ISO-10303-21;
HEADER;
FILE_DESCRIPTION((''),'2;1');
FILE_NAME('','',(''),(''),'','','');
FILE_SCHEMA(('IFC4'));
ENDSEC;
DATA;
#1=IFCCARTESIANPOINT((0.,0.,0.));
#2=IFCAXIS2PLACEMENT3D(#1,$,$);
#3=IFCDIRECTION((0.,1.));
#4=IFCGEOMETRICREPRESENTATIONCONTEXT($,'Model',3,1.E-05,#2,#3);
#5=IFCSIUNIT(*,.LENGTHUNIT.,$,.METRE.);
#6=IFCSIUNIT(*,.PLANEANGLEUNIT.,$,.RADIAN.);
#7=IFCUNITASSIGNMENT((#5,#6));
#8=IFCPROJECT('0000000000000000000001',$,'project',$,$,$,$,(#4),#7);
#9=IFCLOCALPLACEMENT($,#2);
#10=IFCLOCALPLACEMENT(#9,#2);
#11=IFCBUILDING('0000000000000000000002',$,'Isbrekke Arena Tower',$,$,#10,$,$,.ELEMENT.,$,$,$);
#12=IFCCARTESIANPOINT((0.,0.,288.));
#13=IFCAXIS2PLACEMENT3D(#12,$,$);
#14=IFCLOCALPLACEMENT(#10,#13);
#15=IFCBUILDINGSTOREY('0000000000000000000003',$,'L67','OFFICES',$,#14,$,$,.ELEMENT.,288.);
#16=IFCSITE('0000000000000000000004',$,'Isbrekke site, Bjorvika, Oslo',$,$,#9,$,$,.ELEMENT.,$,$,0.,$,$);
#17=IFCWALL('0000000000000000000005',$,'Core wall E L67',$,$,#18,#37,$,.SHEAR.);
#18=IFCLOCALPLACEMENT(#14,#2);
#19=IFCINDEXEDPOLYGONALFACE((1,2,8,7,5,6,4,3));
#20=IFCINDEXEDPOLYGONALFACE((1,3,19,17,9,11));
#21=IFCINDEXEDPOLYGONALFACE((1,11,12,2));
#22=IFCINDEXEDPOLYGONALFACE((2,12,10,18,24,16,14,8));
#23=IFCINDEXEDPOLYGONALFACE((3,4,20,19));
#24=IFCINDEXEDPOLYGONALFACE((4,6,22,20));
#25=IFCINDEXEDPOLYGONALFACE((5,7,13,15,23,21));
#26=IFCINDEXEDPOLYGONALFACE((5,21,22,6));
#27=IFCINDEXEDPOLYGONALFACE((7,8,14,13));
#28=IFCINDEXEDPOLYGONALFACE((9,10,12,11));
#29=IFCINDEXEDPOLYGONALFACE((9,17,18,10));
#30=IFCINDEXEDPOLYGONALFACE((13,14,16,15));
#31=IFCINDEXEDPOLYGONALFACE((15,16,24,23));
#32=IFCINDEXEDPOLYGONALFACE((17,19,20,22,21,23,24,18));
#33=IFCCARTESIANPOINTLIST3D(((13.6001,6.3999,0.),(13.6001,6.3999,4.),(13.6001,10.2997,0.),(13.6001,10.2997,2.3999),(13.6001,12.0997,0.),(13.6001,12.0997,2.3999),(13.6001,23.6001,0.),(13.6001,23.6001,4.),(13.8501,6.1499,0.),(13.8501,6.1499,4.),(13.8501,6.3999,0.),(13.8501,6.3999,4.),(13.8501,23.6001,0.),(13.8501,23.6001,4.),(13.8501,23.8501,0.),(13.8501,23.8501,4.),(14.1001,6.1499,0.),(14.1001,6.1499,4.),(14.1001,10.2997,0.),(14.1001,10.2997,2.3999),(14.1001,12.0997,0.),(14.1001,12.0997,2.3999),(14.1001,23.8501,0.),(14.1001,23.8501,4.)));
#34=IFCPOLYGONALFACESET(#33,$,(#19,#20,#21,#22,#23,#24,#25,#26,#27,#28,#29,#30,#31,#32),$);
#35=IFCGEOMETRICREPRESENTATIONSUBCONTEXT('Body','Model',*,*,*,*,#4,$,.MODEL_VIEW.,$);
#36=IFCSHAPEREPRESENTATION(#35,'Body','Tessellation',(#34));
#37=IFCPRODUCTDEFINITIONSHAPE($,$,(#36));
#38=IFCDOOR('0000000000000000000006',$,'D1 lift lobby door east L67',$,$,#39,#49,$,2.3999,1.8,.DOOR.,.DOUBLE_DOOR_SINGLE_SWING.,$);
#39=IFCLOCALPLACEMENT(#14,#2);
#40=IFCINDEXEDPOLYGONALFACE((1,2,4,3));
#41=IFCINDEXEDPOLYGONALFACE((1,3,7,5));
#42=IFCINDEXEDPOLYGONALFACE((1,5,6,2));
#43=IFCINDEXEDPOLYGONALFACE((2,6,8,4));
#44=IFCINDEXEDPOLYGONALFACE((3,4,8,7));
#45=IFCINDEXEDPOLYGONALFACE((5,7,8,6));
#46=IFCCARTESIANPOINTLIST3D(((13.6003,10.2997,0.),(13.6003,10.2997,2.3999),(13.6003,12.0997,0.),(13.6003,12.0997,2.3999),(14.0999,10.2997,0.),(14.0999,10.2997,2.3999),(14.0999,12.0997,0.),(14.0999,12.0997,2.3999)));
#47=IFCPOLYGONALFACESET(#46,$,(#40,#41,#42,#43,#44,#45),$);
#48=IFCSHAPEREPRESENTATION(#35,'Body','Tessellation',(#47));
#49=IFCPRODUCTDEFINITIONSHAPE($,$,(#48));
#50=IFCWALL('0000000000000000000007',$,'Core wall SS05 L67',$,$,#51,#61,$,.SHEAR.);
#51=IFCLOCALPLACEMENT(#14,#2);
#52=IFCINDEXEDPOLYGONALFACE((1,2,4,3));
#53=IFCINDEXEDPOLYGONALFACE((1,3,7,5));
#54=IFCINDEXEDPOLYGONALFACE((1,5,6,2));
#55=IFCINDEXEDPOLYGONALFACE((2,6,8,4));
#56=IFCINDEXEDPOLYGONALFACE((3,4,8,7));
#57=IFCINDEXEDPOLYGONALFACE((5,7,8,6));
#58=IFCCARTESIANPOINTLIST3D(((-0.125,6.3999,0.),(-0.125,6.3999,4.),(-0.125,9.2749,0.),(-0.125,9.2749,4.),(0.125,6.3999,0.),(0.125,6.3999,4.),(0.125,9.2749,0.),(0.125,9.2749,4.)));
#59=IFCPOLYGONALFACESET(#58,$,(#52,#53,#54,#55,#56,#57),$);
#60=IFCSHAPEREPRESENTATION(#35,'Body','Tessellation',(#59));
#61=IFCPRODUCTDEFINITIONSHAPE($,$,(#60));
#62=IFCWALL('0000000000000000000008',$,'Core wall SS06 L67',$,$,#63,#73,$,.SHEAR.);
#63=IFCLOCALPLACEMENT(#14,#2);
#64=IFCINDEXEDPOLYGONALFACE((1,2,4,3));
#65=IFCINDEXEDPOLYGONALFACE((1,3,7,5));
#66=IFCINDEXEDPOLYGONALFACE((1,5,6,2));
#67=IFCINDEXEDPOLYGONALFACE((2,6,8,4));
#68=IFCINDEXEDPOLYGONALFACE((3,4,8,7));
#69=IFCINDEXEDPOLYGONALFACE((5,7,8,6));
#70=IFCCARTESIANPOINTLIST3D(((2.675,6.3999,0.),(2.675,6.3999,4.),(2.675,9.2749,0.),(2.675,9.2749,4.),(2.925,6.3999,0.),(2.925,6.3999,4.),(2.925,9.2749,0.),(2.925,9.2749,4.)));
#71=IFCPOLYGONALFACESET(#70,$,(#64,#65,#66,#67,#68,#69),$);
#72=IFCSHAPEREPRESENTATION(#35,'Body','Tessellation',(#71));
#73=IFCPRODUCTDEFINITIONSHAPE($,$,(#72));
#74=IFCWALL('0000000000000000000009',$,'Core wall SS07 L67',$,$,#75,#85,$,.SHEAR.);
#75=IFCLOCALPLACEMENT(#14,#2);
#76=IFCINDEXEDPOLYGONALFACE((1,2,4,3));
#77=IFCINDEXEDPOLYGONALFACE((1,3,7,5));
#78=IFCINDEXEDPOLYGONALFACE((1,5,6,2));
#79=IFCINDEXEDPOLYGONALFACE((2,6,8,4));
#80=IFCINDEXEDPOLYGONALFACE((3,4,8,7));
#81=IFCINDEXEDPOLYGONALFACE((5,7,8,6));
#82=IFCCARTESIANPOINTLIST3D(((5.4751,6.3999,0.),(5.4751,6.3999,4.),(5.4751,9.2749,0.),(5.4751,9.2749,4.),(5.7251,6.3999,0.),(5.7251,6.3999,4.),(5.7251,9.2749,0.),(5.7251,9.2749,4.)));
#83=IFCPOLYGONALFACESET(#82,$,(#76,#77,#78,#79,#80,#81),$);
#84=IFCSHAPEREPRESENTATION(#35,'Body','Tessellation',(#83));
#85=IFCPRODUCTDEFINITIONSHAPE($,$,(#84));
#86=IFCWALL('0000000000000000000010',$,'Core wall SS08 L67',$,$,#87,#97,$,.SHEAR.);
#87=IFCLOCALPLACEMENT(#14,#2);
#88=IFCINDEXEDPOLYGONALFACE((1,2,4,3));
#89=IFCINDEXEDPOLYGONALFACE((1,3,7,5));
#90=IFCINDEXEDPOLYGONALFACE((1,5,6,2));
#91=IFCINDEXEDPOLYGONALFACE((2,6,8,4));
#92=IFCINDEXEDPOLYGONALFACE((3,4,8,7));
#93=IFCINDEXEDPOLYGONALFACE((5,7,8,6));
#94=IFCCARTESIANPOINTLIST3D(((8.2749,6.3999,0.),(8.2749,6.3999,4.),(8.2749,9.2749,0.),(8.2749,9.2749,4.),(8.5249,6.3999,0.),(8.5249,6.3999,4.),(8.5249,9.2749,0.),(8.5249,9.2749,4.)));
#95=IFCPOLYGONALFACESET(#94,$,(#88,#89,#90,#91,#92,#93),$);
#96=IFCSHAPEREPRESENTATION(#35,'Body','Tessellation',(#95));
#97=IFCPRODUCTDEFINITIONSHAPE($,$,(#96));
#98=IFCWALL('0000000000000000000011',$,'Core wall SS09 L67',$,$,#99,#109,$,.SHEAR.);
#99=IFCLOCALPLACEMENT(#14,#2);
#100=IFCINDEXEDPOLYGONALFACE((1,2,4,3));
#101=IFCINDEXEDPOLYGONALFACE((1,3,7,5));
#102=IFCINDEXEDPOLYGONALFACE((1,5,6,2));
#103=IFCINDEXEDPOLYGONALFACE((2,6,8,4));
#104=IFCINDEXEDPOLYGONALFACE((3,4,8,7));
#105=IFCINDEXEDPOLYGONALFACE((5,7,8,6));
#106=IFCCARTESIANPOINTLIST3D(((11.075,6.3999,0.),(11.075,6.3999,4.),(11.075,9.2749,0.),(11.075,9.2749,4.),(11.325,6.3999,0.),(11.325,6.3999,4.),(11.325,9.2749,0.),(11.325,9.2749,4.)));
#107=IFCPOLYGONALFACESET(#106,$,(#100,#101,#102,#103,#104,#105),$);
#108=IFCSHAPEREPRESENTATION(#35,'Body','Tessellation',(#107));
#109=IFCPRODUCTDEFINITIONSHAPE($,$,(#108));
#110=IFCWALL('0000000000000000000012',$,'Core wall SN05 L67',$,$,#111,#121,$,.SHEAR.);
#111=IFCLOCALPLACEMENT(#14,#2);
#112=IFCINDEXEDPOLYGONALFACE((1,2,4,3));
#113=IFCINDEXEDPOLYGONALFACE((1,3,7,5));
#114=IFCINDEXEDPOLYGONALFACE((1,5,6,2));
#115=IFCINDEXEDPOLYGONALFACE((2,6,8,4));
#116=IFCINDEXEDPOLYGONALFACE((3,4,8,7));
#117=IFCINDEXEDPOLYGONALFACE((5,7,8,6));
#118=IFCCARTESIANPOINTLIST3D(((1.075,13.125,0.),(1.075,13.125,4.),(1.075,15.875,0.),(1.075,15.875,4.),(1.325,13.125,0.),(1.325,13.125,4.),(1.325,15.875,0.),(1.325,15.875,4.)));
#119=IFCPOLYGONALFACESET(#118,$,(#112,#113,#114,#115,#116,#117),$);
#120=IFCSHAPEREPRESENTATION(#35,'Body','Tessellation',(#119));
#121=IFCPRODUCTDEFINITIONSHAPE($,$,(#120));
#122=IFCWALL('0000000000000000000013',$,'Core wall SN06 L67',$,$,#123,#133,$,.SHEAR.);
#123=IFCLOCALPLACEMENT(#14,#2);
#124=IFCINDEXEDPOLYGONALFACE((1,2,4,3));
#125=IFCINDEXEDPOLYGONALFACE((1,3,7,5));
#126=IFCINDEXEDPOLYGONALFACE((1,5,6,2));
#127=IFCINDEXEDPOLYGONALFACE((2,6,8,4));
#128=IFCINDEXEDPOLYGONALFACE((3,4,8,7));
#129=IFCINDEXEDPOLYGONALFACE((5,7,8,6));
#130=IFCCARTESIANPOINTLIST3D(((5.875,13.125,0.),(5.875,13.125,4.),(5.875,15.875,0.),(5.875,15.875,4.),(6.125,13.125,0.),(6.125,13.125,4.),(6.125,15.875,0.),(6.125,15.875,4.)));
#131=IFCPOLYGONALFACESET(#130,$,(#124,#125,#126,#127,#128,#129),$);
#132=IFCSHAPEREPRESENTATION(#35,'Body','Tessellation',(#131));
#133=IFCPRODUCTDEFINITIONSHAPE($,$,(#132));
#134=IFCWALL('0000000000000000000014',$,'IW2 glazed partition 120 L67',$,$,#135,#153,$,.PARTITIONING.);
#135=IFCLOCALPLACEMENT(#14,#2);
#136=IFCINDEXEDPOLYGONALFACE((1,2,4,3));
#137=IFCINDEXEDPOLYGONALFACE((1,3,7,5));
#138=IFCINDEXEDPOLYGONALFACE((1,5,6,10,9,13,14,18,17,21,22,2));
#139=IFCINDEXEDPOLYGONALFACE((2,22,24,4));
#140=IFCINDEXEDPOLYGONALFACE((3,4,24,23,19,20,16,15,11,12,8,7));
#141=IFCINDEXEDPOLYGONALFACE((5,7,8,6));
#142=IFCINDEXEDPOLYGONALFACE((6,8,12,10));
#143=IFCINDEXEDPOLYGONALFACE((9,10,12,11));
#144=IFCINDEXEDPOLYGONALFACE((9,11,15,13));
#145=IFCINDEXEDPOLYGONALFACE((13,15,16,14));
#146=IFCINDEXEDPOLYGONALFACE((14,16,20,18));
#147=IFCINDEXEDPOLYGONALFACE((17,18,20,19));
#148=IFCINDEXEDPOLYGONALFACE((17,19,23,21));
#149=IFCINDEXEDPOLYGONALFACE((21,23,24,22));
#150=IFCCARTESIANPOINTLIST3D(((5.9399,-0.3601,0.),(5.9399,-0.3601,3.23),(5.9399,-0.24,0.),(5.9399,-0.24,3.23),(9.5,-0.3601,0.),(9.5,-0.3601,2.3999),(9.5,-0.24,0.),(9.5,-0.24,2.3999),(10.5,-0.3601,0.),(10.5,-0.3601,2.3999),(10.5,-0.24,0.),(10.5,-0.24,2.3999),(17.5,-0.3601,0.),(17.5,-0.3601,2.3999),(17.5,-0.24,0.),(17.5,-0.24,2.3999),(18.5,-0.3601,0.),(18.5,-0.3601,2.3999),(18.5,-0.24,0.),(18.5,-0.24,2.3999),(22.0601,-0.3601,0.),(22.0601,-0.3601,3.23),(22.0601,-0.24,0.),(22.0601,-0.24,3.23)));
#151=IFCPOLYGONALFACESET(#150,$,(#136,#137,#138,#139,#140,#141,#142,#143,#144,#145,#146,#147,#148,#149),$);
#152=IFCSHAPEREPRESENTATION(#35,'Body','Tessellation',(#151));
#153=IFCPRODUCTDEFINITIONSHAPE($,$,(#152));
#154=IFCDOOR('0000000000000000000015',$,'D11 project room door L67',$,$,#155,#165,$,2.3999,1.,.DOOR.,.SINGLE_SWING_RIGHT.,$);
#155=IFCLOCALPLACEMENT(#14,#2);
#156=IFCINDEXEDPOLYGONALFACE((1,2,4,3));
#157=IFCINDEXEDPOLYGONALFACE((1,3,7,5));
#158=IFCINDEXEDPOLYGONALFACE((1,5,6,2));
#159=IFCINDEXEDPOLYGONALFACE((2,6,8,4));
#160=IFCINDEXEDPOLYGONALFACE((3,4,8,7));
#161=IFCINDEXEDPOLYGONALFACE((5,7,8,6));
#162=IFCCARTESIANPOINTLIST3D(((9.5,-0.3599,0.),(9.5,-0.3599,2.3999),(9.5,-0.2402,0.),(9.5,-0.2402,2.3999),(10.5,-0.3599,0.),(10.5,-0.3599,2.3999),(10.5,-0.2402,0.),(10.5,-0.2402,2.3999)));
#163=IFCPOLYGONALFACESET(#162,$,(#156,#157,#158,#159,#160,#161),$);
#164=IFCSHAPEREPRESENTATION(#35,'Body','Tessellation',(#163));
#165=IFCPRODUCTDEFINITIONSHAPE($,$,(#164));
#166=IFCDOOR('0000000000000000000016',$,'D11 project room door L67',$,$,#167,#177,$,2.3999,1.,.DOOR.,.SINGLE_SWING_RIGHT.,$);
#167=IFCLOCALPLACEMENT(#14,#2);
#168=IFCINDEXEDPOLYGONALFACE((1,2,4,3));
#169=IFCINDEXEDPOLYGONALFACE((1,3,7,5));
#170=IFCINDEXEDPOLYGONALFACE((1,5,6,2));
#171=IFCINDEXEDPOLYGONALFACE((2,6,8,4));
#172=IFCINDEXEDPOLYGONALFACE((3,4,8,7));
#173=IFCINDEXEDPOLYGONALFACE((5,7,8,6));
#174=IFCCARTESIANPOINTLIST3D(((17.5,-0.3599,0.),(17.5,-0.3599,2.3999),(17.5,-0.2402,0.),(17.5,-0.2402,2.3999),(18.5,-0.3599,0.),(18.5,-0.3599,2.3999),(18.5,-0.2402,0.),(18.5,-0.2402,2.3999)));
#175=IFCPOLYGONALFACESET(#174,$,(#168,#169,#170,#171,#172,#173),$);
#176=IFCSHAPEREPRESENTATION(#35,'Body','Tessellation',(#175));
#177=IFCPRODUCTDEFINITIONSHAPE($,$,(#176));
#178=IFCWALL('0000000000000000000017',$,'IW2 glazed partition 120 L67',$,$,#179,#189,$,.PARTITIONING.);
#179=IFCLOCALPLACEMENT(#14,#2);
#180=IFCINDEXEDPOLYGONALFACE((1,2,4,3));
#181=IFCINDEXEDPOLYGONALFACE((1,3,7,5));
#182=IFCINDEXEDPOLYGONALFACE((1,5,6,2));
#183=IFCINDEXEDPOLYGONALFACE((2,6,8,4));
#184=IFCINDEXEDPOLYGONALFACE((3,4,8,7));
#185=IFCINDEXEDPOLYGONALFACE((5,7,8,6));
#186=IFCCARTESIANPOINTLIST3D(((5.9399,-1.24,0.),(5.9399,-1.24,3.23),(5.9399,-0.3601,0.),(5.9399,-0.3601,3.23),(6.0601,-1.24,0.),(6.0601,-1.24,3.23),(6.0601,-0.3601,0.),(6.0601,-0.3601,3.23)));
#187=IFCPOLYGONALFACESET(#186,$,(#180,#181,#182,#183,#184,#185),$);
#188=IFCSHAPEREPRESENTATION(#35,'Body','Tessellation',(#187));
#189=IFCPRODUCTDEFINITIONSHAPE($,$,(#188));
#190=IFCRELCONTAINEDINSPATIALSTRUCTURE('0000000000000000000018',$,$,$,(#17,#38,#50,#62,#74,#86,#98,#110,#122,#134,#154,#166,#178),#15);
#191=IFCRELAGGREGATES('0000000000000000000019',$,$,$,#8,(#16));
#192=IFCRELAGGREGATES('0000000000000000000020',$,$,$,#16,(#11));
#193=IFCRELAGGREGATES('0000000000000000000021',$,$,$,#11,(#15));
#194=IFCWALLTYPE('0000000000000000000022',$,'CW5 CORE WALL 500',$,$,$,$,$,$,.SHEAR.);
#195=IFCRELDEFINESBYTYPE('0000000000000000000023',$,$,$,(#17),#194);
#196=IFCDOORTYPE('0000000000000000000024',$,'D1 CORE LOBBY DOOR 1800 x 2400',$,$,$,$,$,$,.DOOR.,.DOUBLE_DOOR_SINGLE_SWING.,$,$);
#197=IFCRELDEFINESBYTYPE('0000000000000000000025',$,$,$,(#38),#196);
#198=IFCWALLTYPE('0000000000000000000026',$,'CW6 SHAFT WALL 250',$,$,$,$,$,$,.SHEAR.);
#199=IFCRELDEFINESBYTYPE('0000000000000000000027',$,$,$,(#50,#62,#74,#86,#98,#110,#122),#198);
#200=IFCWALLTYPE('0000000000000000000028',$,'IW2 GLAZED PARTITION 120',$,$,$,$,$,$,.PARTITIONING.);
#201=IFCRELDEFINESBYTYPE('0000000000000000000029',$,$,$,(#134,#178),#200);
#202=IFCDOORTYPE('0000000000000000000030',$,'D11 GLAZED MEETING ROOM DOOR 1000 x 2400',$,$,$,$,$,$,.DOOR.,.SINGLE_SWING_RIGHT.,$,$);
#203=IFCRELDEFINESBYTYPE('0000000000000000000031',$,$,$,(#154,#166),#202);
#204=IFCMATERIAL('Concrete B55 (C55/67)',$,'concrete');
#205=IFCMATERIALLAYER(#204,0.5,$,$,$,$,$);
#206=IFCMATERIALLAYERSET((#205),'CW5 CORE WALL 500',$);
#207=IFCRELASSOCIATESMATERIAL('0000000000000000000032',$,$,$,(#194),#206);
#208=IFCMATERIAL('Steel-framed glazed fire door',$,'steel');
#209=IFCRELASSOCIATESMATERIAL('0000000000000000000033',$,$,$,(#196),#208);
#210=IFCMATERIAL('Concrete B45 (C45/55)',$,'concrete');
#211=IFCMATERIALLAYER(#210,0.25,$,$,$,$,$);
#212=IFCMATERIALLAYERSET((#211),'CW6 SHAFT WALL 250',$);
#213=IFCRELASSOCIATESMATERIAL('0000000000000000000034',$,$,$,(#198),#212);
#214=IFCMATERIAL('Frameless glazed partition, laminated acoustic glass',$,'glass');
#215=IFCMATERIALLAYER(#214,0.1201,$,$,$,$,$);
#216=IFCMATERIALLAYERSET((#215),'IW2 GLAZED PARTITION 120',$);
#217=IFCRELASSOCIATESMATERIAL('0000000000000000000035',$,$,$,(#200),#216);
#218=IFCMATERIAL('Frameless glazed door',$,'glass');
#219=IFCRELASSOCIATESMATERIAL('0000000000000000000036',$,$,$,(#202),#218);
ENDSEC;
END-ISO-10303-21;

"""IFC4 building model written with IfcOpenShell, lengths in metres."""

from ifc_helpers import new_model, si_unit, direction, frame, frame_2d, origin, place, context, subcontext, project, spatial, polyline, rectangle, outline, extrude, material, layer, layer_set, type_object, element, fill, save


model = new_model("IFC4")

# Units and contexts
model_context = context("Model", 3, precision=1e-05, world=origin(), true_north=direction((0.0, 1.0)))
body_context = subcontext(model_context, "Body", "Model", "MODEL_VIEW")
ifc_project = project(units=[si_unit("LENGTHUNIT", "METRE"), si_unit("PLANEANGLEUNIT", "RADIAN")], contexts=[model_context])

# Site, building, storey
site_placement = place(None, origin())
site = spatial("IfcSite", under=ifc_project, at=site_placement, Name="Isbrekke site, Bjorvika, Oslo", CompositionType="ELEMENT", RefElevation=0.0)
building_placement = place(site_placement, origin())
building = spatial("IfcBuilding", under=site, at=building_placement, Name="Isbrekke Arena Tower", CompositionType="ELEMENT")
storey_placement = place(building_placement, frame((0.0, 0.0, 288.0)))
storey = spatial("IfcBuildingStorey", under=building, at=storey_placement, Name="L67", Description="OFFICES", CompositionType="ELEMENT", Elevation=288.0)

# Wall, opening, door
ifc_material_1 = material(Name="Concrete B55 (C55/67)", Category="concrete")
ifc_layer_1 = layer(ifc_material_1, 0.5)
ifc_layer_set_1 = layer_set([ifc_layer_1], Name="CW5 CORE WALL 500")
wall_type_1 = type_object("IfcWallType", Name="CW5 CORE WALL 500", PredefinedType="SHEAR", material=ifc_layer_set_1)
wall_1_placement = place(storey_placement, frame((13.8501, 6.1499, 0.0), z_axis=(0.0, 0.0, 1.0), x_axis=(0.0, 1.0, 0.0)))
wall_1 = element("IfcWall", 1, at=wall_1_placement, inside=storey, type_object=wall_type_1, Name="Core wall E L67", PredefinedType="SHEAR", context=body_context, shape_type="SweptSolid", body=[
    extrude(outline(polyline([(0.0, -0.25), (17.7002, -0.25), (17.7002, 0.0), (17.4502, 0.0), (17.4502, 0.25), (0.25, 0.25), (0.25, 0.0), (0.0, 0.0), (0.0, -0.25)])), origin(), (0.0, 0.0, 1.0), 4.0),
])
opening_1_placement = place(wall_1_placement, frame((4.1499, 0.0, 0.0)))
opening_1 = element("IfcOpeningElement", 2, at=opening_1_placement, cuts=wall_1, PredefinedType="OPENING", context=body_context, shape_type="SweptSolid", body=[
    extrude(rectangle(XDim=1.8, YDim=2.3999, at=frame_2d((0.8999, 1.2))), frame((0.0, 0.2649, 0.0), z_axis=(0.0, -1.0, 0.0), x_axis=(1.0, 0.0, 0.0)), (0.0, 0.0, 1.0), 0.5298),
])
ifc_material_2 = material(Name="Steel-framed glazed fire door", Category="steel")
door_type_1 = type_object("IfcDoorType", Name="D1 CORE LOBBY DOOR 1800 x 2400", OperationType="DOUBLE_DOOR_SINGLE_SWING", PredefinedType="DOOR", material=ifc_material_2)
door_1_placement = place(opening_1_placement, origin())
door_1 = element("IfcDoor", 3, at=door_1_placement, inside=storey, type_object=door_type_1, Name="D1 lift lobby door east L67", OperationType="DOUBLE_DOOR_SINGLE_SWING", OverallHeight=2.3999, OverallWidth=1.8, PredefinedType="DOOR", context=body_context, shape_type="SweptSolid", body=[
    extrude(rectangle(XDim=1.8, YDim=2.3999, at=frame_2d((0.8999, 1.2))), frame((0.0, 0.2498, 0.0), z_axis=(0.0, -1.0, 0.0), x_axis=(1.0, 0.0, 0.0)), (0.0, 0.0, 1.0), 0.4995),
])
fill(opening_1, door_1)

# Walls
ifc_material_3 = material(Name="Concrete B45 (C45/55)", Category="concrete")
ifc_layer_2 = layer(ifc_material_3, 0.25)
ifc_layer_set_2 = layer_set([ifc_layer_2], Name="CW6 SHAFT WALL 250")
wall_type_2 = type_object("IfcWallType", Name="CW6 SHAFT WALL 250", PredefinedType="SHEAR", material=ifc_layer_set_2)
for number, where, z_axis, x_axis, name in (
    (4, (0.0, 6.3999, 0.0), (0.0, 0.0, 1.0), (0.0, 1.0, 0.0), "Core wall SS05 L67"),
    (5, (2.8, 6.3999, 0.0), (0.0, 0.0, 1.0), (0.0, 1.0, 0.0), "Core wall SS06 L67"),
    (6, (5.6001, 6.3999, 0.0), (0.0, 0.0, 1.0), (0.0, 1.0, 0.0), "Core wall SS07 L67"),
    (7, (8.3999, 6.3999, 0.0), (0.0, 0.0, 1.0), (0.0, 1.0, 0.0), "Core wall SS08 L67"),
    (8, (11.2, 6.3999, 0.0), (0.0, 0.0, 1.0), (0.0, 1.0, 0.0), "Core wall SS09 L67"),
):
    element("IfcWall", number, at=place(storey_placement, frame(where, z_axis=z_axis, x_axis=x_axis)), inside=storey, type_object=wall_type_2, Name=name, PredefinedType="SHEAR", context=body_context, shape_type="SweptSolid", body=[
        extrude(rectangle(XDim=2.875, YDim=0.25, at=frame_2d((1.4375, 0.0))), origin(), (0.0, 0.0, 1.0), 4.0),
    ])
for number, where, z_axis, x_axis, name in (
    (9, (1.2, 13.125, 0.0), (0.0, 0.0, 1.0), (0.0, 1.0, 0.0), "Core wall SN05 L67"),
    (10, (6.0, 13.125, 0.0), (0.0, 0.0, 1.0), (0.0, 1.0, 0.0), "Core wall SN06 L67"),
):
    element("IfcWall", number, at=place(storey_placement, frame(where, z_axis=z_axis, x_axis=x_axis)), inside=storey, type_object=wall_type_2, Name=name, PredefinedType="SHEAR", context=body_context, shape_type="SweptSolid", body=[
        extrude(rectangle(XDim=2.75, YDim=0.25, at=frame_2d((1.375, 0.0))), origin(), (0.0, 0.0, 1.0), 4.0),
    ])

# Wall, openings, doors
ifc_material_4 = material(Name="Frameless glazed partition, laminated acoustic glass", Category="glass")
ifc_layer_3 = layer(ifc_material_4, 0.1201)
ifc_layer_set_3 = layer_set([ifc_layer_3], Name="IW2 GLAZED PARTITION 120")
wall_type_3 = type_object("IfcWallType", Name="IW2 GLAZED PARTITION 120", PredefinedType="PARTITIONING", material=ifc_layer_set_3)
wall_2_placement = place(storey_placement, frame((5.9399, -0.3, 0.0), z_axis=(0.0, 0.0, 1.0), x_axis=(1.0, 0.0, 0.0)))
wall_2 = element("IfcWall", 11, at=wall_2_placement, inside=storey, type_object=wall_type_3, Name="IW2 glazed partition 120 L67", PredefinedType="PARTITIONING", context=body_context, shape_type="SweptSolid", body=[
    extrude(rectangle(XDim=16.1201, YDim=0.1201, at=frame_2d((8.0601, 0.0))), origin(), (0.0, 0.0, 1.0), 3.23),
])
opening_2_placement = place(wall_2_placement, frame((3.5601, 0.0, 0.0)))
opening_2 = element("IfcOpeningElement", 12, at=opening_2_placement, cuts=wall_2, PredefinedType="OPENING", context=body_context, shape_type="SweptSolid", body=[
    extrude(rectangle(XDim=1.0, YDim=2.3999, at=frame_2d((0.5, 1.2))), frame((0.0, 0.075, 0.0), z_axis=(0.0, -1.0, 0.0), x_axis=(1.0, 0.0, 0.0)), (0.0, 0.0, 1.0), 0.1499),
])
opening_3_placement = place(wall_2_placement, frame((11.5601, 0.0, 0.0)))
opening_3 = element("IfcOpeningElement", 13, at=opening_3_placement, cuts=wall_2, PredefinedType="OPENING", context=body_context, shape_type="SweptSolid", body=[
    extrude(rectangle(XDim=1.0, YDim=2.3999, at=frame_2d((0.5, 1.2))), frame((0.0, 0.075, 0.0), z_axis=(0.0, -1.0, 0.0), x_axis=(1.0, 0.0, 0.0)), (0.0, 0.0, 1.0), 0.1499),
])
ifc_material_5 = material(Name="Frameless glazed door", Category="glass")
door_type_2 = type_object("IfcDoorType", Name="D11 GLAZED MEETING ROOM DOOR 1000 x 2400", OperationType="SINGLE_SWING_RIGHT", PredefinedType="DOOR", material=ifc_material_5)
door_2_placement = place(opening_2_placement, origin())
door_2 = element("IfcDoor", 14, at=door_2_placement, inside=storey, type_object=door_type_2, Name="D11 project room door L67", OperationType="SINGLE_SWING_RIGHT", OverallHeight=2.3999, OverallWidth=1.0, PredefinedType="DOOR", context=body_context, shape_type="SweptSolid", body=[
    extrude(rectangle(XDim=1.0, YDim=2.3999, at=frame_2d((0.5, 1.2))), frame((0.0, 0.0598, 0.0), z_axis=(0.0, -1.0, 0.0), x_axis=(1.0, 0.0, 0.0)), (0.0, 0.0, 1.0), 0.1196),
])
fill(opening_2, door_2)
door_3_placement = place(opening_3_placement, origin())
door_3 = element("IfcDoor", 15, at=door_3_placement, inside=storey, type_object=door_type_2, Name="D11 project room door L67", OperationType="SINGLE_SWING_RIGHT", OverallHeight=2.3999, OverallWidth=1.0, PredefinedType="DOOR", context=body_context, shape_type="SweptSolid", body=[
    extrude(rectangle(XDim=1.0, YDim=2.3999, at=frame_2d((0.5, 1.2))), frame((0.0, 0.0598, 0.0), z_axis=(0.0, -1.0, 0.0), x_axis=(1.0, 0.0, 0.0)), (0.0, 0.0, 1.0), 0.1196),
])
fill(opening_3, door_3)

# Wall
wall_3_placement = place(storey_placement, frame((6.0, -1.24, 0.0), z_axis=(0.0, 0.0, 1.0), x_axis=(0.0, 1.0, 0.0)))
element("IfcWall", 16, at=wall_3_placement, inside=storey, type_object=wall_type_3, Name="IW2 glazed partition 120 L67", PredefinedType="PARTITIONING", context=body_context, shape_type="SweptSolid", body=[
    extrude(rectangle(XDim=0.8799, YDim=0.1201, at=frame_2d((0.4399, 0.0))), origin(), (0.0, 0.0, 1.0), 3.23),
])

save(model, "model.ifc")
